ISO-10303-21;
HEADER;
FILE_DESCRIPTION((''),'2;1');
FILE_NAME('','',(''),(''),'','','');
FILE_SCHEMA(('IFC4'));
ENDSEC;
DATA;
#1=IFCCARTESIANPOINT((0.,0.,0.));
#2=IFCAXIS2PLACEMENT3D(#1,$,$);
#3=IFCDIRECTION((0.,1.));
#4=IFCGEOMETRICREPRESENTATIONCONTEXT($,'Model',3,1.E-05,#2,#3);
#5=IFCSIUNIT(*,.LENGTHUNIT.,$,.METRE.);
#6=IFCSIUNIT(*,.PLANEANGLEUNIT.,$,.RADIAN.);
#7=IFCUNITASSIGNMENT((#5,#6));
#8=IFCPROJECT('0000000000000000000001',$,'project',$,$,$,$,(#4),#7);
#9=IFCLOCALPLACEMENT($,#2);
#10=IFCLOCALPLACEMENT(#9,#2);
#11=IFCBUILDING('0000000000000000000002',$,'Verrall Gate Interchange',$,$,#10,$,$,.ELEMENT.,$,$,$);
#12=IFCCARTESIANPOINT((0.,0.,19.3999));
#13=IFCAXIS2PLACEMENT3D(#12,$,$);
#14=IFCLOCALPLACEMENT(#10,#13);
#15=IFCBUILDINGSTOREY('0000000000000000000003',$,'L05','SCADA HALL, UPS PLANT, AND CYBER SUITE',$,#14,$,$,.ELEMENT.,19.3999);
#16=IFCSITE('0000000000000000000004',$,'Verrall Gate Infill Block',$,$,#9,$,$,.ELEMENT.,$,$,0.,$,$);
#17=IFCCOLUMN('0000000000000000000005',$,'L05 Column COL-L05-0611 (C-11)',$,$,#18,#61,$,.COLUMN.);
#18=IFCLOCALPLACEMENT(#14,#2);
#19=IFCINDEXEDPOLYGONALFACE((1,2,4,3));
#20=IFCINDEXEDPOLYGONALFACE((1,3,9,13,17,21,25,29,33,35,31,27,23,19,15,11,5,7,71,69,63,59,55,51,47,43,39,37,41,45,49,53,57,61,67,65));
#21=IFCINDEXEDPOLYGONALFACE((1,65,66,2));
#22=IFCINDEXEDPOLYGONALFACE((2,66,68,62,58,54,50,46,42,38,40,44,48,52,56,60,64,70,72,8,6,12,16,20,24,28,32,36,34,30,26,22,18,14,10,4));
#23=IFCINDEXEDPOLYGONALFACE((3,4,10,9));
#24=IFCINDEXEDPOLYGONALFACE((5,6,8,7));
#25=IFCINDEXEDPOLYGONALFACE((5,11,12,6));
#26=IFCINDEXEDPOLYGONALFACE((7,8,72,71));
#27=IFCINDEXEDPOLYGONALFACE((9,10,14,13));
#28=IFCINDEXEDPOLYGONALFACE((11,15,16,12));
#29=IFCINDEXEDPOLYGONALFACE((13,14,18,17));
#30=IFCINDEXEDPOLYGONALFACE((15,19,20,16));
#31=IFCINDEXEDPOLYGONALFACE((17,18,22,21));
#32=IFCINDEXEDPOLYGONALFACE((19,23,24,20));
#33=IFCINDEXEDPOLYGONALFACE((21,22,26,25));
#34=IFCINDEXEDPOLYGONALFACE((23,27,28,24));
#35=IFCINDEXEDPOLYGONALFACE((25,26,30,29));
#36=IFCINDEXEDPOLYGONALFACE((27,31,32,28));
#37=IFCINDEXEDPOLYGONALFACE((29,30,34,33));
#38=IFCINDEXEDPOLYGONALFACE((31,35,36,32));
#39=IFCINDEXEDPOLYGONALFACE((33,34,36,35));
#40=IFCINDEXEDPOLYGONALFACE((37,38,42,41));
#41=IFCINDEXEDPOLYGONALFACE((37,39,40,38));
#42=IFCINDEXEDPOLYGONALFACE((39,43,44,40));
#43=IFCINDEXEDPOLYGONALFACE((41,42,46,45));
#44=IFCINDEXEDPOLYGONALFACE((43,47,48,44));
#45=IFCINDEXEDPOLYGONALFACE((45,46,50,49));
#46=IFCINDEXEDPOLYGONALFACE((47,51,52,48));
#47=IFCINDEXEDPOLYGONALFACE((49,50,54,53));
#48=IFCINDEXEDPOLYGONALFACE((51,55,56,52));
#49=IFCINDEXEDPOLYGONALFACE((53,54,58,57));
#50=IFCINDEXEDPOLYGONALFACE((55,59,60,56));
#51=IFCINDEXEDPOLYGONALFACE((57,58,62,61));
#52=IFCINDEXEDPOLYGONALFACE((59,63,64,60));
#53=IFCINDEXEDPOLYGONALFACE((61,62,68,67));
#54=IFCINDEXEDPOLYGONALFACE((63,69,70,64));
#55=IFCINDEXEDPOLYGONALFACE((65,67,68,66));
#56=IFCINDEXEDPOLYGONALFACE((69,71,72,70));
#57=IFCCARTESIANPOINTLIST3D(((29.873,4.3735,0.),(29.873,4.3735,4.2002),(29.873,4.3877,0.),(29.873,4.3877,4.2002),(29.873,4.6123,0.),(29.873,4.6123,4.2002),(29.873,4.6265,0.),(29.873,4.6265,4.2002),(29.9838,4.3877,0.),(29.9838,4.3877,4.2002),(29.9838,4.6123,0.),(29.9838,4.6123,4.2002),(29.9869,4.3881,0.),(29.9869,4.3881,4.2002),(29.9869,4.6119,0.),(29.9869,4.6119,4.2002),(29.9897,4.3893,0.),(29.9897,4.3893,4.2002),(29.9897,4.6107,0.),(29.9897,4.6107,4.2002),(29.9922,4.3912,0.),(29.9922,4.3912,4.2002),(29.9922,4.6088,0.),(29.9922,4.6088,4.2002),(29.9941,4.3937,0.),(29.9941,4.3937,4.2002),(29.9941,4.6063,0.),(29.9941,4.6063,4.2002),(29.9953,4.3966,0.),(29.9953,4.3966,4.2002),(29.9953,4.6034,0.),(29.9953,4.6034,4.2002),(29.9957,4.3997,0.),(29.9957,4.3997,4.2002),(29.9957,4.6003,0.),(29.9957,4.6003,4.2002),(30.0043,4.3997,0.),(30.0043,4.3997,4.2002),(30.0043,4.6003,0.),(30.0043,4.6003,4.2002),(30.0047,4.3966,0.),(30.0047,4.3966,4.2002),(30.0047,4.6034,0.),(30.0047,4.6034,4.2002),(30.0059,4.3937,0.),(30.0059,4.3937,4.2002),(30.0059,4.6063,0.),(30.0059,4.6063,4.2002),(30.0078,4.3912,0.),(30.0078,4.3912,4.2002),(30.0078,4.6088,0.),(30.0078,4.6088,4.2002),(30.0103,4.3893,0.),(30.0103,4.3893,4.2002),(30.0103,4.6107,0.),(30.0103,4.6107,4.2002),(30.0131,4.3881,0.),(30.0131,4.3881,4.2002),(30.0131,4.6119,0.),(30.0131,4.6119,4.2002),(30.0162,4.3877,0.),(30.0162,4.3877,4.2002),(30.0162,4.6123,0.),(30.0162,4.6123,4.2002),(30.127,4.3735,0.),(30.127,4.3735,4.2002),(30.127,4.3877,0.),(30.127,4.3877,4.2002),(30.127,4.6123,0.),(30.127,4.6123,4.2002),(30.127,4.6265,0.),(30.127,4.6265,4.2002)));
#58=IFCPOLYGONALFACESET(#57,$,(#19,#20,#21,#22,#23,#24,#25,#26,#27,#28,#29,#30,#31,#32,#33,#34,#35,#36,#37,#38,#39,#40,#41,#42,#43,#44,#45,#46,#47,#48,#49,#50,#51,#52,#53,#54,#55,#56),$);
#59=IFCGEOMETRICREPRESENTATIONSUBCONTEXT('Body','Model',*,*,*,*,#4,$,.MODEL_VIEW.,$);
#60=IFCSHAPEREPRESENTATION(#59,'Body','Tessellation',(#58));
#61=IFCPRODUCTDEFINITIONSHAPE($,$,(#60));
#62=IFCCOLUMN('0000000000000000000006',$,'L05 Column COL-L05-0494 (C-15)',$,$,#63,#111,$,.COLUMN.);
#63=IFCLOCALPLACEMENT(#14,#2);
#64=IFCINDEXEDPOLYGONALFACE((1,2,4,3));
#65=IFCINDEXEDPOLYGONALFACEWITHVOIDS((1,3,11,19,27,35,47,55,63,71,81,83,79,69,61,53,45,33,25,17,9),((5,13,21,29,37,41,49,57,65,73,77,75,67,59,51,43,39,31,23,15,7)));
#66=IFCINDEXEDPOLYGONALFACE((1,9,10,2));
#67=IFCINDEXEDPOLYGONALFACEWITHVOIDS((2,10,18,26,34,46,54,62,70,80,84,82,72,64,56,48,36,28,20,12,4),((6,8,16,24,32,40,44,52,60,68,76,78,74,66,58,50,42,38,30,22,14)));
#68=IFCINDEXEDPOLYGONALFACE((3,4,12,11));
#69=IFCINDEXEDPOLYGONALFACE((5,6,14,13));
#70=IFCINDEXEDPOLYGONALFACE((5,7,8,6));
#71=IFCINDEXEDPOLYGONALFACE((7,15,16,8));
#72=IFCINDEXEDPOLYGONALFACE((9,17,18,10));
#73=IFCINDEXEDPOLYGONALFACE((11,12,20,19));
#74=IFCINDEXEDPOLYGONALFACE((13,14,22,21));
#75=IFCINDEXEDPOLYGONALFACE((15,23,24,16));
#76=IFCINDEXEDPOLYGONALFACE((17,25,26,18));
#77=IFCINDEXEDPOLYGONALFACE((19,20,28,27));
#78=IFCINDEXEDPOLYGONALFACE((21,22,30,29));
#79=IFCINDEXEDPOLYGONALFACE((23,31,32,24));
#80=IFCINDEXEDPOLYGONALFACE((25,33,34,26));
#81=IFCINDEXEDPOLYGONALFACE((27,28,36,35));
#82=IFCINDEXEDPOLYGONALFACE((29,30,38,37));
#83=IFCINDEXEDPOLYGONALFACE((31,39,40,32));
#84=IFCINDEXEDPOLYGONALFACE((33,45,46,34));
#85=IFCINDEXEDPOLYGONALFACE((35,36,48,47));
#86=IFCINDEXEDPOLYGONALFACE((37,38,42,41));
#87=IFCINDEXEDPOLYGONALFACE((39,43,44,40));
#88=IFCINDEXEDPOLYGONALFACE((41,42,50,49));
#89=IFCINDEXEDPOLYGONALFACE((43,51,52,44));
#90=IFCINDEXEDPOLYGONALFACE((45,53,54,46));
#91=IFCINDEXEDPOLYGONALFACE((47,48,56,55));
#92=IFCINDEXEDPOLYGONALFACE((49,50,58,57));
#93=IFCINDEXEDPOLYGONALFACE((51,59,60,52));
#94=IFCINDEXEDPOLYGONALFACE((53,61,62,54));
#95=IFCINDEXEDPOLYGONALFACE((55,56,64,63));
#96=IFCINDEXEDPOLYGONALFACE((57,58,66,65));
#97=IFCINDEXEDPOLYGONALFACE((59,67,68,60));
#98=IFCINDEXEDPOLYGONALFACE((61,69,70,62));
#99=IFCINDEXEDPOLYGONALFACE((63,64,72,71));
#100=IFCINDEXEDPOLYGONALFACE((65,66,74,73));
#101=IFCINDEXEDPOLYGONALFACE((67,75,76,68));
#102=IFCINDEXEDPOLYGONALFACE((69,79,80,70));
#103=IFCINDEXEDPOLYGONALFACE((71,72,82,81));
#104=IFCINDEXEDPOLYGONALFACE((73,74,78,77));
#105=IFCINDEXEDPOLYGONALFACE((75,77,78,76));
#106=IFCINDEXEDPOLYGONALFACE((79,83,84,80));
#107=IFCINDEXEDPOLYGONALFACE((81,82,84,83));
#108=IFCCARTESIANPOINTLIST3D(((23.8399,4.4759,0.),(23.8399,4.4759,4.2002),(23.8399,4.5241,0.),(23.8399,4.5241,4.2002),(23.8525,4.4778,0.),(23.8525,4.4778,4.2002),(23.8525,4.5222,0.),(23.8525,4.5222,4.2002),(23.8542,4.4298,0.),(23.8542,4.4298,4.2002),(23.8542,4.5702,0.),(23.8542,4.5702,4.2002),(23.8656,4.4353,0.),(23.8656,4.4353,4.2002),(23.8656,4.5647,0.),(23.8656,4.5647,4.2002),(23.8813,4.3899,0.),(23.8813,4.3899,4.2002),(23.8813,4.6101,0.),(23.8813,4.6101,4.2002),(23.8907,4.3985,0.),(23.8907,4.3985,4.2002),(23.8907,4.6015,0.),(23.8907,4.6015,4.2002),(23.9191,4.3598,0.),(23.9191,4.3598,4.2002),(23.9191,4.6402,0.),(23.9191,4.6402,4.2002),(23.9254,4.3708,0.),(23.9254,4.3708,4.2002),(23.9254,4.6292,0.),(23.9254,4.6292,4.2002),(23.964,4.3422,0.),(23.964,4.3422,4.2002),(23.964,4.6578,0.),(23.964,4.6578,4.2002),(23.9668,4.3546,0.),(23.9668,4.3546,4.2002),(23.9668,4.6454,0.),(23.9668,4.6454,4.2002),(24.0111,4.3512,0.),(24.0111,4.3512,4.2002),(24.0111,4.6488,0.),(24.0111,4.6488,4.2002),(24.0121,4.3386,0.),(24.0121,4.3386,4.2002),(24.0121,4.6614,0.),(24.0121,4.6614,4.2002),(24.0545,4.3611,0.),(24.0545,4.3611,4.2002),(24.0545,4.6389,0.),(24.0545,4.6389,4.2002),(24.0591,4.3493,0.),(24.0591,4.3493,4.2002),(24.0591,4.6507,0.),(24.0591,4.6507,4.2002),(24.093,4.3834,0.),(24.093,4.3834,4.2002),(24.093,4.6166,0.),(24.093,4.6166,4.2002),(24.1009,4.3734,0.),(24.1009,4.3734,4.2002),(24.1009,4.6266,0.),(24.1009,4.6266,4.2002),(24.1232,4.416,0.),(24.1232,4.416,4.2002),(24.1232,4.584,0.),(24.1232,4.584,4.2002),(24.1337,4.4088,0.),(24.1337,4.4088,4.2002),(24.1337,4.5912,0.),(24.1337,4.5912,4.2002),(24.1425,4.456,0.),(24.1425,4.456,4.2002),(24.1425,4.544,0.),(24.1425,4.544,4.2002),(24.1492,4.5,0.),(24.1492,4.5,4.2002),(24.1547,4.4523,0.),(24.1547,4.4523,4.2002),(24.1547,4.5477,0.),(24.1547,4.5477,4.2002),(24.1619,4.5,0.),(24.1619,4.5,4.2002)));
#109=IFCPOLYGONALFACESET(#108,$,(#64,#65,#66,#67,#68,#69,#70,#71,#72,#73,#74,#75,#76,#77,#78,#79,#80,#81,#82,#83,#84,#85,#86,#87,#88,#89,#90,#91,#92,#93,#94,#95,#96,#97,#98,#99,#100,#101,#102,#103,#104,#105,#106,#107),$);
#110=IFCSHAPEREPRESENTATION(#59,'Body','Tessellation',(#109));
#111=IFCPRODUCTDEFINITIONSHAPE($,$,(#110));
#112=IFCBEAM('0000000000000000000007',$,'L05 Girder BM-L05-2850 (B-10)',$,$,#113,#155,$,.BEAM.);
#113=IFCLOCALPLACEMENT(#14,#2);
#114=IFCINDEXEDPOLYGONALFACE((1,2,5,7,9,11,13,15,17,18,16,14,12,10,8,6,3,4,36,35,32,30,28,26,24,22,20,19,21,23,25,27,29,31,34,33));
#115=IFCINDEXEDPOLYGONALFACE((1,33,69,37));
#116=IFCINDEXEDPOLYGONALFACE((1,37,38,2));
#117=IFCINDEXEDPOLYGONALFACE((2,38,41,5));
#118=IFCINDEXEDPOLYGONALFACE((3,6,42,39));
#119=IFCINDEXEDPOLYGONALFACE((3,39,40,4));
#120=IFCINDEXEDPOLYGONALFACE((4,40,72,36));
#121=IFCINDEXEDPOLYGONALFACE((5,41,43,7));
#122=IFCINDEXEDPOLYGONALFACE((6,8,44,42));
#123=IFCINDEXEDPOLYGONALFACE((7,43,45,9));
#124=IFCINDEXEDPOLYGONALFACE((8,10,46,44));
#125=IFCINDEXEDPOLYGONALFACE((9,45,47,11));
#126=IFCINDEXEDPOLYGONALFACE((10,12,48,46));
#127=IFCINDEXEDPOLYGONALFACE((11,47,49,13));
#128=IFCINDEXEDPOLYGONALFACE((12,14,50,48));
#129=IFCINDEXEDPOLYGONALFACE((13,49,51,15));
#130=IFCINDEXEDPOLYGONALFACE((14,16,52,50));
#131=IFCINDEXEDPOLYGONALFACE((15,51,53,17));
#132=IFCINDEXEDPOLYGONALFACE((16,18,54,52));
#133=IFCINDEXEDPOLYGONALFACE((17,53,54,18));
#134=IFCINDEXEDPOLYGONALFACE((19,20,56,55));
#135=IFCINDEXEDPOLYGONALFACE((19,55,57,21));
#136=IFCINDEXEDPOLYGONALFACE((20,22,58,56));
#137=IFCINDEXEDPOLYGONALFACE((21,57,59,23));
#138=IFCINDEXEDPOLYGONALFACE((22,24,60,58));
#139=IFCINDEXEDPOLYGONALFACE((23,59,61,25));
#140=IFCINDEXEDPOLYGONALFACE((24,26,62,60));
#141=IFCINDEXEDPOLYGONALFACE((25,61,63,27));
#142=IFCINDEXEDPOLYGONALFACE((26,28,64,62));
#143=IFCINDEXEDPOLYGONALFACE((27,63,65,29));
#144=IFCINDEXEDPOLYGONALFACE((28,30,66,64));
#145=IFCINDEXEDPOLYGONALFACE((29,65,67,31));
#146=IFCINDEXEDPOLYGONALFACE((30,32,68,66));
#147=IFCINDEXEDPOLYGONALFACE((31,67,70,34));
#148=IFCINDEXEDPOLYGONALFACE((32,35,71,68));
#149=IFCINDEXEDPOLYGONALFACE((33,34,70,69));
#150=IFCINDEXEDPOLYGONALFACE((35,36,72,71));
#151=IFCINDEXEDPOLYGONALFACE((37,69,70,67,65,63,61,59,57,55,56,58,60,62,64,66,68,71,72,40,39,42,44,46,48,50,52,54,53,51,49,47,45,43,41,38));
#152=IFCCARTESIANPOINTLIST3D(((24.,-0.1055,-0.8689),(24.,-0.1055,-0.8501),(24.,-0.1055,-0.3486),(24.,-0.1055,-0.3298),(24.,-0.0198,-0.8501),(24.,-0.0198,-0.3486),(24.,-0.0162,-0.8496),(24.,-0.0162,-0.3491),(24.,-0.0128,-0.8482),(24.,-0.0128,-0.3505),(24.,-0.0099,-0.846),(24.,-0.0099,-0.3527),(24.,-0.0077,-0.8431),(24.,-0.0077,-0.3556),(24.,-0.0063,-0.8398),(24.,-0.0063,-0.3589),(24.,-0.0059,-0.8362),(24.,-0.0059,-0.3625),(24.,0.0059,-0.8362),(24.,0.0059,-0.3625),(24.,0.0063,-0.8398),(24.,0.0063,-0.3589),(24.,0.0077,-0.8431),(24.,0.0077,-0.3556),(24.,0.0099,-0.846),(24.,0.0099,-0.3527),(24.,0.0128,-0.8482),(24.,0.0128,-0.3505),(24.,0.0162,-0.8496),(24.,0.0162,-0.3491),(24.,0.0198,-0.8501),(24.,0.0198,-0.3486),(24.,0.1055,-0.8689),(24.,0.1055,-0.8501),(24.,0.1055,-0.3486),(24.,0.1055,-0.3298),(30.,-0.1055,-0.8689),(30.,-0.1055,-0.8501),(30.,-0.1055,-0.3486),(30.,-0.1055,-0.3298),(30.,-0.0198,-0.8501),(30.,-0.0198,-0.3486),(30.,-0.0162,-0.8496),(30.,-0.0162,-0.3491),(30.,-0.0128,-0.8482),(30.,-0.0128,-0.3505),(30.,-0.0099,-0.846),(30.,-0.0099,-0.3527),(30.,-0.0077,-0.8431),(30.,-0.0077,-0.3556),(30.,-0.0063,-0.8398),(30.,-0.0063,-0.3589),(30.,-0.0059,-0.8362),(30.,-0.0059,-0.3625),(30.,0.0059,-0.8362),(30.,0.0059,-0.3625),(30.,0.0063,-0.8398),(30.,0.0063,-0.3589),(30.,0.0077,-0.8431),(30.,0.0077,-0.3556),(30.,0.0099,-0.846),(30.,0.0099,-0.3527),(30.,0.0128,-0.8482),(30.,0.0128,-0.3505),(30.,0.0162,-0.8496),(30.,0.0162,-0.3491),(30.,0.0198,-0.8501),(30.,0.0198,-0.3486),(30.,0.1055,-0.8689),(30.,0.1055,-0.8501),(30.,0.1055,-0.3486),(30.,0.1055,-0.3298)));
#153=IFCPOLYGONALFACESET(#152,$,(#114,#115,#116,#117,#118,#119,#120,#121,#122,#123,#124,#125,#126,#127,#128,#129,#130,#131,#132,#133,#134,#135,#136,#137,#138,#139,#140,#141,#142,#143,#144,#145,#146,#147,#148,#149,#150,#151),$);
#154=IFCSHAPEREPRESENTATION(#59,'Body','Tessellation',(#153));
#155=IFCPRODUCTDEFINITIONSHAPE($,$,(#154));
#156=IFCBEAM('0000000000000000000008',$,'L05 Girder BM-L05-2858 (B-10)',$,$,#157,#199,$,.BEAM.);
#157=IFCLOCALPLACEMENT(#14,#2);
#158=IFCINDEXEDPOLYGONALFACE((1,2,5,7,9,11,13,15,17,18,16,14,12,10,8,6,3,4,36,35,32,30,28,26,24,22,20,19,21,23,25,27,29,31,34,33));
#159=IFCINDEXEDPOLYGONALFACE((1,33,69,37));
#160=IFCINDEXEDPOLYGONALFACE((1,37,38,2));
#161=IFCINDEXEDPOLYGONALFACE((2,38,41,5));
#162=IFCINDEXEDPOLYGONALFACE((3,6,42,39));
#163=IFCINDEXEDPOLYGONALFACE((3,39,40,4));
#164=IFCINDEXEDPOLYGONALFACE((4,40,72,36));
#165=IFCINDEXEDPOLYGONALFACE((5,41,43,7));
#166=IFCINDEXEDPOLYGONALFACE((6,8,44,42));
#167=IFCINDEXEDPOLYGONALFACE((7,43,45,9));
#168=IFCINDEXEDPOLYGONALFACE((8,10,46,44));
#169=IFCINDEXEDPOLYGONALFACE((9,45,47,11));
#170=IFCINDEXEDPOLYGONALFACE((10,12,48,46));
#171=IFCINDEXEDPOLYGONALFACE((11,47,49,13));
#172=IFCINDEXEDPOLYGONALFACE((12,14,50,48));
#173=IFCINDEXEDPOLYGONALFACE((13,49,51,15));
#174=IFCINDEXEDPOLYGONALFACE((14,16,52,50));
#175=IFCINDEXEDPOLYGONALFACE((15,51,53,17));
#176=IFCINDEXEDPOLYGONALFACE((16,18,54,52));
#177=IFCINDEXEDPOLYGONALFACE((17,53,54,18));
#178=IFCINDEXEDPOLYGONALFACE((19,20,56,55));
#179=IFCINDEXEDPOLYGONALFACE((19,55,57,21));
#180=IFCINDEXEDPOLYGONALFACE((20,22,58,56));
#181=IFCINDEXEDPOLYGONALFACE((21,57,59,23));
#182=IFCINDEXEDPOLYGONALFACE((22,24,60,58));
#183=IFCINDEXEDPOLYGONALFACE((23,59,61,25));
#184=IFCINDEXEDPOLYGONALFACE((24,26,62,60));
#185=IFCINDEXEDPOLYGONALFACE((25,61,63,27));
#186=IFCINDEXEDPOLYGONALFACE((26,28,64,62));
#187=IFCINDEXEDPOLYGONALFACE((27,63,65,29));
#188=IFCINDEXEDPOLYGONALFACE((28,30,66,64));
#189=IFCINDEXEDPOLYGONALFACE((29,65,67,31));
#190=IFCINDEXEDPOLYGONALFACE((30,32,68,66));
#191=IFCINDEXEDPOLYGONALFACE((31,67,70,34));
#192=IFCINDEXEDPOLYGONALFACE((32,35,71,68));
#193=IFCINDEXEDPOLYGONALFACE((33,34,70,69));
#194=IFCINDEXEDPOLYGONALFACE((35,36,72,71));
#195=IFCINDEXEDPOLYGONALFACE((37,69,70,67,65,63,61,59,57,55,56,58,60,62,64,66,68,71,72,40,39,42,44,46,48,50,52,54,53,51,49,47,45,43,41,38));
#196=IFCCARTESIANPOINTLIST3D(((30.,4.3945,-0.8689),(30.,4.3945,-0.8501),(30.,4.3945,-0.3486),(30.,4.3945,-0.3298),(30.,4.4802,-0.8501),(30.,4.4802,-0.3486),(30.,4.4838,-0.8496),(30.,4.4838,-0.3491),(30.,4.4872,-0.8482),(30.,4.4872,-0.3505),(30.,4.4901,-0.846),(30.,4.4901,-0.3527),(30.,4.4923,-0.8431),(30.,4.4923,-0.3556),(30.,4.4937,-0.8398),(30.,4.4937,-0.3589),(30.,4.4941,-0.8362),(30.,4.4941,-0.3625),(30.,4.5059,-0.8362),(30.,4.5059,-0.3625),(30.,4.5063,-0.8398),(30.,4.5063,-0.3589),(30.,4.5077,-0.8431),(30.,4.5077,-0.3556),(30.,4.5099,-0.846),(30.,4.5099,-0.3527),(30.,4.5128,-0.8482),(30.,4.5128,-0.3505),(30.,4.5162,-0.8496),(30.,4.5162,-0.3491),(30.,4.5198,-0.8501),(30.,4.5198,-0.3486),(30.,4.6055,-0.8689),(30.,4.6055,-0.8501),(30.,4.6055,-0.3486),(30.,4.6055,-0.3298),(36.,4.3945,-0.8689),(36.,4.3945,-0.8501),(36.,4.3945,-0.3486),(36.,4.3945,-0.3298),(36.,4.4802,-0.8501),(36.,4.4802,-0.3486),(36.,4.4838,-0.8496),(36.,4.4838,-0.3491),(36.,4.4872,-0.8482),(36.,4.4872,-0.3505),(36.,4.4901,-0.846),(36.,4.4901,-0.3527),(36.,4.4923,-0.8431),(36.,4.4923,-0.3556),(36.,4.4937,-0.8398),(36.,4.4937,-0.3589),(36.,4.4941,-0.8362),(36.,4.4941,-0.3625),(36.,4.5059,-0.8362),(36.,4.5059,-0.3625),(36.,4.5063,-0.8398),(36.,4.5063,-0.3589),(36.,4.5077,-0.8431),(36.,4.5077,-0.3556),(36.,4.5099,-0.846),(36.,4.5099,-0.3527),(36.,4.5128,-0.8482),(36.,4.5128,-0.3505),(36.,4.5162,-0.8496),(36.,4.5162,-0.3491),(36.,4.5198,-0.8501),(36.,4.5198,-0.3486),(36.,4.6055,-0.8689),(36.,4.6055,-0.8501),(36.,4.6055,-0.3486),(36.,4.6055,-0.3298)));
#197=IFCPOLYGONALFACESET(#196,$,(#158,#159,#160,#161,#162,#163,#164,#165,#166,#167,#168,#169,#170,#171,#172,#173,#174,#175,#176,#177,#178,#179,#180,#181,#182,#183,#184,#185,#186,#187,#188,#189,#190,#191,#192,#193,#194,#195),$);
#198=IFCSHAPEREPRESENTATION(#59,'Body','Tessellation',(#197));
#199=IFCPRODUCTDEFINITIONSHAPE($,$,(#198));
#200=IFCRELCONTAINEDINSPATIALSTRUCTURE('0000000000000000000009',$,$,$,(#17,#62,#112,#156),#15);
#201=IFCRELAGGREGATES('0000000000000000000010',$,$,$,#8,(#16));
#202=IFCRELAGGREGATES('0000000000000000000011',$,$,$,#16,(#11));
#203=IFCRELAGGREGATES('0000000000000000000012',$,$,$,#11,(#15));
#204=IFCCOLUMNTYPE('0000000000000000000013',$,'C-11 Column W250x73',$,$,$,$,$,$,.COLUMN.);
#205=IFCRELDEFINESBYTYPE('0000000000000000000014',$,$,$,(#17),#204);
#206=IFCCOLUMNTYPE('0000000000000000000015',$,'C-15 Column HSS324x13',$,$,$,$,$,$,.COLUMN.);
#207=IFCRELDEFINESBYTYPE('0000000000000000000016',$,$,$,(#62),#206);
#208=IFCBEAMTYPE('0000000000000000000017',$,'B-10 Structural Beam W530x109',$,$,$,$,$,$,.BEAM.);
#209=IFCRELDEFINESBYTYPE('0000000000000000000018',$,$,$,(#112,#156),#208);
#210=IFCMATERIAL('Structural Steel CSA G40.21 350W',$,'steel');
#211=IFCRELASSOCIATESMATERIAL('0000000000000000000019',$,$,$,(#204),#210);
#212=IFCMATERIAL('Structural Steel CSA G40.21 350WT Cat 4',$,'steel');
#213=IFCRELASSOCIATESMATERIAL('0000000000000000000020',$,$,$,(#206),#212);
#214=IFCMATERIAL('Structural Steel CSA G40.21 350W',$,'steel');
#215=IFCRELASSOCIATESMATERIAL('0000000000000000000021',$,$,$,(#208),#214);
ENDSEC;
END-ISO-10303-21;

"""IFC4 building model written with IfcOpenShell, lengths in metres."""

from ifc_helpers import new_model, si_unit, direction, frame, origin, origin_2d, place, context, subcontext, project, spatial, hollow_circle, i_section, extrude, material, material_profile, profile_set, type_object, element, save


model = new_model("IFC4")

# Units and contexts
model_context = context("Model", 3, precision=1e-05, world=origin(), true_north=direction((0.0, 1.0)))
body_context = subcontext(model_context, "Body", "Model", "MODEL_VIEW")
ifc_project = project(units=[si_unit("LENGTHUNIT", "METRE"), si_unit("PLANEANGLEUNIT", "RADIAN")], contexts=[model_context])

# Site, building, storey
site_placement = place(None, origin())
site = spatial("IfcSite", under=ifc_project, at=site_placement, Name="Verrall Gate Infill Block", CompositionType="ELEMENT", RefElevation=0.0)
building_placement = place(site_placement, origin())
building = spatial("IfcBuilding", under=site, at=building_placement, Name="Verrall Gate Interchange", CompositionType="ELEMENT")
storey_placement = place(building_placement, frame((0.0, 0.0, 19.3999)))
storey = spatial("IfcBuildingStorey", under=building, at=storey_placement, Name="L05", Description="SCADA HALL, UPS PLANT, AND CYBER SUITE", CompositionType="ELEMENT", Elevation=19.3999)

# Columns
ifc_material_1 = material(Name="Structural Steel CSA G40.21 350W", Category="steel")
ifc_material_profile_1 = material_profile(ifc_material_1, i_section(OverallWidth=0.2539, OverallDepth=0.2529, WebThickness=0.0085, FlangeThickness=0.0142, FilletRadius=0.012, at=origin_2d()), Name="W250x73")
ifc_profile_set_1 = profile_set([ifc_material_profile_1], Name="Structural Steel CSA G40.21 350W")
column_type_1 = type_object("IfcColumnType", Name="C-11 Column W250x73", PredefinedType="COLUMN", material=ifc_profile_set_1)
column_1_placement = place(storey_placement, frame((30.0, 4.5, 0.0), z_axis=(0.0, 0.0, 1.0), x_axis=(1.0, 0.0, 0.0)))
element("IfcColumn", 1, at=column_1_placement, inside=storey, type_object=column_type_1, Name="L05 Column COL-L05-0611 (C-11)", PredefinedType="COLUMN", context=body_context, shape_type="SweptSolid", body=[
    extrude(i_section(OverallWidth=0.2539, OverallDepth=0.2529, WebThickness=0.0085, FlangeThickness=0.0142, FilletRadius=0.012, at=origin_2d()), origin(), (0.0, 0.0, 1.0), 4.2002),
])
ifc_material_2 = material(Name="Structural Steel CSA G40.21 350WT Cat 4", Category="steel")
ifc_material_profile_2 = material_profile(ifc_material_2, hollow_circle(Radius=0.1619, WallThickness=0.0127, at=origin_2d()), Name="HSS324x13")
ifc_profile_set_2 = profile_set([ifc_material_profile_2], Name="Structural Steel CSA G40.21 350WT Cat 4")
column_type_2 = type_object("IfcColumnType", Name="C-15 Column HSS324x13", PredefinedType="COLUMN", material=ifc_profile_set_2)
column_2_placement = place(storey_placement, frame((24.0, 4.5, 0.0), z_axis=(0.0, 0.0, 1.0), x_axis=(1.0, 0.0, 0.0)))
element("IfcColumn", 2, at=column_2_placement, inside=storey, type_object=column_type_2, Name="L05 Column COL-L05-0494 (C-15)", PredefinedType="COLUMN", context=body_context, shape_type="SweptSolid", body=[
    extrude(hollow_circle(Radius=0.1619, WallThickness=0.0127, at=origin_2d()), origin(), (0.0, 0.0, 1.0), 4.2002),
])

# Beams
ifc_material_3 = material(Name="Structural Steel CSA G40.21 350W", Category="steel")
ifc_material_profile_3 = material_profile(ifc_material_3, i_section(OverallWidth=0.2109, OverallDepth=0.5391, WebThickness=0.0117, FlangeThickness=0.0188, FilletRadius=0.0139, at=origin_2d()), Name="W530x109")
ifc_profile_set_3 = profile_set([ifc_material_profile_3], Name="Structural Steel CSA G40.21 350W")
beam_type_1 = type_object("IfcBeamType", Name="B-10 Structural Beam W530x109", PredefinedType="BEAM", material=ifc_profile_set_3)
for number, where, z_axis, x_axis, name in (
    (3, (24.0, 0.0, -0.5994), (1.0, 0.0, 0.0), (0.0, 1.0, 0.0), "L05 Girder BM-L05-2850 (B-10)"),
    (4, (30.0, 4.5, -0.5994), (1.0, 0.0, 0.0), (0.0, 1.0, 0.0), "L05 Girder BM-L05-2858 (B-10)"),
):
    element("IfcBeam", number, at=place(storey_placement, frame(where, z_axis=z_axis, x_axis=x_axis)), inside=storey, type_object=beam_type_1, Name=name, PredefinedType="BEAM", context=body_context, shape_type="SweptSolid", body=[
        extrude(i_section(OverallWidth=0.2109, OverallDepth=0.5391, WebThickness=0.0117, FlangeThickness=0.0188, FilletRadius=0.0139, at=origin_2d()), origin(), (0.0, 0.0, 1.0), 6.0),
    ])

save(model, "model.ifc")
